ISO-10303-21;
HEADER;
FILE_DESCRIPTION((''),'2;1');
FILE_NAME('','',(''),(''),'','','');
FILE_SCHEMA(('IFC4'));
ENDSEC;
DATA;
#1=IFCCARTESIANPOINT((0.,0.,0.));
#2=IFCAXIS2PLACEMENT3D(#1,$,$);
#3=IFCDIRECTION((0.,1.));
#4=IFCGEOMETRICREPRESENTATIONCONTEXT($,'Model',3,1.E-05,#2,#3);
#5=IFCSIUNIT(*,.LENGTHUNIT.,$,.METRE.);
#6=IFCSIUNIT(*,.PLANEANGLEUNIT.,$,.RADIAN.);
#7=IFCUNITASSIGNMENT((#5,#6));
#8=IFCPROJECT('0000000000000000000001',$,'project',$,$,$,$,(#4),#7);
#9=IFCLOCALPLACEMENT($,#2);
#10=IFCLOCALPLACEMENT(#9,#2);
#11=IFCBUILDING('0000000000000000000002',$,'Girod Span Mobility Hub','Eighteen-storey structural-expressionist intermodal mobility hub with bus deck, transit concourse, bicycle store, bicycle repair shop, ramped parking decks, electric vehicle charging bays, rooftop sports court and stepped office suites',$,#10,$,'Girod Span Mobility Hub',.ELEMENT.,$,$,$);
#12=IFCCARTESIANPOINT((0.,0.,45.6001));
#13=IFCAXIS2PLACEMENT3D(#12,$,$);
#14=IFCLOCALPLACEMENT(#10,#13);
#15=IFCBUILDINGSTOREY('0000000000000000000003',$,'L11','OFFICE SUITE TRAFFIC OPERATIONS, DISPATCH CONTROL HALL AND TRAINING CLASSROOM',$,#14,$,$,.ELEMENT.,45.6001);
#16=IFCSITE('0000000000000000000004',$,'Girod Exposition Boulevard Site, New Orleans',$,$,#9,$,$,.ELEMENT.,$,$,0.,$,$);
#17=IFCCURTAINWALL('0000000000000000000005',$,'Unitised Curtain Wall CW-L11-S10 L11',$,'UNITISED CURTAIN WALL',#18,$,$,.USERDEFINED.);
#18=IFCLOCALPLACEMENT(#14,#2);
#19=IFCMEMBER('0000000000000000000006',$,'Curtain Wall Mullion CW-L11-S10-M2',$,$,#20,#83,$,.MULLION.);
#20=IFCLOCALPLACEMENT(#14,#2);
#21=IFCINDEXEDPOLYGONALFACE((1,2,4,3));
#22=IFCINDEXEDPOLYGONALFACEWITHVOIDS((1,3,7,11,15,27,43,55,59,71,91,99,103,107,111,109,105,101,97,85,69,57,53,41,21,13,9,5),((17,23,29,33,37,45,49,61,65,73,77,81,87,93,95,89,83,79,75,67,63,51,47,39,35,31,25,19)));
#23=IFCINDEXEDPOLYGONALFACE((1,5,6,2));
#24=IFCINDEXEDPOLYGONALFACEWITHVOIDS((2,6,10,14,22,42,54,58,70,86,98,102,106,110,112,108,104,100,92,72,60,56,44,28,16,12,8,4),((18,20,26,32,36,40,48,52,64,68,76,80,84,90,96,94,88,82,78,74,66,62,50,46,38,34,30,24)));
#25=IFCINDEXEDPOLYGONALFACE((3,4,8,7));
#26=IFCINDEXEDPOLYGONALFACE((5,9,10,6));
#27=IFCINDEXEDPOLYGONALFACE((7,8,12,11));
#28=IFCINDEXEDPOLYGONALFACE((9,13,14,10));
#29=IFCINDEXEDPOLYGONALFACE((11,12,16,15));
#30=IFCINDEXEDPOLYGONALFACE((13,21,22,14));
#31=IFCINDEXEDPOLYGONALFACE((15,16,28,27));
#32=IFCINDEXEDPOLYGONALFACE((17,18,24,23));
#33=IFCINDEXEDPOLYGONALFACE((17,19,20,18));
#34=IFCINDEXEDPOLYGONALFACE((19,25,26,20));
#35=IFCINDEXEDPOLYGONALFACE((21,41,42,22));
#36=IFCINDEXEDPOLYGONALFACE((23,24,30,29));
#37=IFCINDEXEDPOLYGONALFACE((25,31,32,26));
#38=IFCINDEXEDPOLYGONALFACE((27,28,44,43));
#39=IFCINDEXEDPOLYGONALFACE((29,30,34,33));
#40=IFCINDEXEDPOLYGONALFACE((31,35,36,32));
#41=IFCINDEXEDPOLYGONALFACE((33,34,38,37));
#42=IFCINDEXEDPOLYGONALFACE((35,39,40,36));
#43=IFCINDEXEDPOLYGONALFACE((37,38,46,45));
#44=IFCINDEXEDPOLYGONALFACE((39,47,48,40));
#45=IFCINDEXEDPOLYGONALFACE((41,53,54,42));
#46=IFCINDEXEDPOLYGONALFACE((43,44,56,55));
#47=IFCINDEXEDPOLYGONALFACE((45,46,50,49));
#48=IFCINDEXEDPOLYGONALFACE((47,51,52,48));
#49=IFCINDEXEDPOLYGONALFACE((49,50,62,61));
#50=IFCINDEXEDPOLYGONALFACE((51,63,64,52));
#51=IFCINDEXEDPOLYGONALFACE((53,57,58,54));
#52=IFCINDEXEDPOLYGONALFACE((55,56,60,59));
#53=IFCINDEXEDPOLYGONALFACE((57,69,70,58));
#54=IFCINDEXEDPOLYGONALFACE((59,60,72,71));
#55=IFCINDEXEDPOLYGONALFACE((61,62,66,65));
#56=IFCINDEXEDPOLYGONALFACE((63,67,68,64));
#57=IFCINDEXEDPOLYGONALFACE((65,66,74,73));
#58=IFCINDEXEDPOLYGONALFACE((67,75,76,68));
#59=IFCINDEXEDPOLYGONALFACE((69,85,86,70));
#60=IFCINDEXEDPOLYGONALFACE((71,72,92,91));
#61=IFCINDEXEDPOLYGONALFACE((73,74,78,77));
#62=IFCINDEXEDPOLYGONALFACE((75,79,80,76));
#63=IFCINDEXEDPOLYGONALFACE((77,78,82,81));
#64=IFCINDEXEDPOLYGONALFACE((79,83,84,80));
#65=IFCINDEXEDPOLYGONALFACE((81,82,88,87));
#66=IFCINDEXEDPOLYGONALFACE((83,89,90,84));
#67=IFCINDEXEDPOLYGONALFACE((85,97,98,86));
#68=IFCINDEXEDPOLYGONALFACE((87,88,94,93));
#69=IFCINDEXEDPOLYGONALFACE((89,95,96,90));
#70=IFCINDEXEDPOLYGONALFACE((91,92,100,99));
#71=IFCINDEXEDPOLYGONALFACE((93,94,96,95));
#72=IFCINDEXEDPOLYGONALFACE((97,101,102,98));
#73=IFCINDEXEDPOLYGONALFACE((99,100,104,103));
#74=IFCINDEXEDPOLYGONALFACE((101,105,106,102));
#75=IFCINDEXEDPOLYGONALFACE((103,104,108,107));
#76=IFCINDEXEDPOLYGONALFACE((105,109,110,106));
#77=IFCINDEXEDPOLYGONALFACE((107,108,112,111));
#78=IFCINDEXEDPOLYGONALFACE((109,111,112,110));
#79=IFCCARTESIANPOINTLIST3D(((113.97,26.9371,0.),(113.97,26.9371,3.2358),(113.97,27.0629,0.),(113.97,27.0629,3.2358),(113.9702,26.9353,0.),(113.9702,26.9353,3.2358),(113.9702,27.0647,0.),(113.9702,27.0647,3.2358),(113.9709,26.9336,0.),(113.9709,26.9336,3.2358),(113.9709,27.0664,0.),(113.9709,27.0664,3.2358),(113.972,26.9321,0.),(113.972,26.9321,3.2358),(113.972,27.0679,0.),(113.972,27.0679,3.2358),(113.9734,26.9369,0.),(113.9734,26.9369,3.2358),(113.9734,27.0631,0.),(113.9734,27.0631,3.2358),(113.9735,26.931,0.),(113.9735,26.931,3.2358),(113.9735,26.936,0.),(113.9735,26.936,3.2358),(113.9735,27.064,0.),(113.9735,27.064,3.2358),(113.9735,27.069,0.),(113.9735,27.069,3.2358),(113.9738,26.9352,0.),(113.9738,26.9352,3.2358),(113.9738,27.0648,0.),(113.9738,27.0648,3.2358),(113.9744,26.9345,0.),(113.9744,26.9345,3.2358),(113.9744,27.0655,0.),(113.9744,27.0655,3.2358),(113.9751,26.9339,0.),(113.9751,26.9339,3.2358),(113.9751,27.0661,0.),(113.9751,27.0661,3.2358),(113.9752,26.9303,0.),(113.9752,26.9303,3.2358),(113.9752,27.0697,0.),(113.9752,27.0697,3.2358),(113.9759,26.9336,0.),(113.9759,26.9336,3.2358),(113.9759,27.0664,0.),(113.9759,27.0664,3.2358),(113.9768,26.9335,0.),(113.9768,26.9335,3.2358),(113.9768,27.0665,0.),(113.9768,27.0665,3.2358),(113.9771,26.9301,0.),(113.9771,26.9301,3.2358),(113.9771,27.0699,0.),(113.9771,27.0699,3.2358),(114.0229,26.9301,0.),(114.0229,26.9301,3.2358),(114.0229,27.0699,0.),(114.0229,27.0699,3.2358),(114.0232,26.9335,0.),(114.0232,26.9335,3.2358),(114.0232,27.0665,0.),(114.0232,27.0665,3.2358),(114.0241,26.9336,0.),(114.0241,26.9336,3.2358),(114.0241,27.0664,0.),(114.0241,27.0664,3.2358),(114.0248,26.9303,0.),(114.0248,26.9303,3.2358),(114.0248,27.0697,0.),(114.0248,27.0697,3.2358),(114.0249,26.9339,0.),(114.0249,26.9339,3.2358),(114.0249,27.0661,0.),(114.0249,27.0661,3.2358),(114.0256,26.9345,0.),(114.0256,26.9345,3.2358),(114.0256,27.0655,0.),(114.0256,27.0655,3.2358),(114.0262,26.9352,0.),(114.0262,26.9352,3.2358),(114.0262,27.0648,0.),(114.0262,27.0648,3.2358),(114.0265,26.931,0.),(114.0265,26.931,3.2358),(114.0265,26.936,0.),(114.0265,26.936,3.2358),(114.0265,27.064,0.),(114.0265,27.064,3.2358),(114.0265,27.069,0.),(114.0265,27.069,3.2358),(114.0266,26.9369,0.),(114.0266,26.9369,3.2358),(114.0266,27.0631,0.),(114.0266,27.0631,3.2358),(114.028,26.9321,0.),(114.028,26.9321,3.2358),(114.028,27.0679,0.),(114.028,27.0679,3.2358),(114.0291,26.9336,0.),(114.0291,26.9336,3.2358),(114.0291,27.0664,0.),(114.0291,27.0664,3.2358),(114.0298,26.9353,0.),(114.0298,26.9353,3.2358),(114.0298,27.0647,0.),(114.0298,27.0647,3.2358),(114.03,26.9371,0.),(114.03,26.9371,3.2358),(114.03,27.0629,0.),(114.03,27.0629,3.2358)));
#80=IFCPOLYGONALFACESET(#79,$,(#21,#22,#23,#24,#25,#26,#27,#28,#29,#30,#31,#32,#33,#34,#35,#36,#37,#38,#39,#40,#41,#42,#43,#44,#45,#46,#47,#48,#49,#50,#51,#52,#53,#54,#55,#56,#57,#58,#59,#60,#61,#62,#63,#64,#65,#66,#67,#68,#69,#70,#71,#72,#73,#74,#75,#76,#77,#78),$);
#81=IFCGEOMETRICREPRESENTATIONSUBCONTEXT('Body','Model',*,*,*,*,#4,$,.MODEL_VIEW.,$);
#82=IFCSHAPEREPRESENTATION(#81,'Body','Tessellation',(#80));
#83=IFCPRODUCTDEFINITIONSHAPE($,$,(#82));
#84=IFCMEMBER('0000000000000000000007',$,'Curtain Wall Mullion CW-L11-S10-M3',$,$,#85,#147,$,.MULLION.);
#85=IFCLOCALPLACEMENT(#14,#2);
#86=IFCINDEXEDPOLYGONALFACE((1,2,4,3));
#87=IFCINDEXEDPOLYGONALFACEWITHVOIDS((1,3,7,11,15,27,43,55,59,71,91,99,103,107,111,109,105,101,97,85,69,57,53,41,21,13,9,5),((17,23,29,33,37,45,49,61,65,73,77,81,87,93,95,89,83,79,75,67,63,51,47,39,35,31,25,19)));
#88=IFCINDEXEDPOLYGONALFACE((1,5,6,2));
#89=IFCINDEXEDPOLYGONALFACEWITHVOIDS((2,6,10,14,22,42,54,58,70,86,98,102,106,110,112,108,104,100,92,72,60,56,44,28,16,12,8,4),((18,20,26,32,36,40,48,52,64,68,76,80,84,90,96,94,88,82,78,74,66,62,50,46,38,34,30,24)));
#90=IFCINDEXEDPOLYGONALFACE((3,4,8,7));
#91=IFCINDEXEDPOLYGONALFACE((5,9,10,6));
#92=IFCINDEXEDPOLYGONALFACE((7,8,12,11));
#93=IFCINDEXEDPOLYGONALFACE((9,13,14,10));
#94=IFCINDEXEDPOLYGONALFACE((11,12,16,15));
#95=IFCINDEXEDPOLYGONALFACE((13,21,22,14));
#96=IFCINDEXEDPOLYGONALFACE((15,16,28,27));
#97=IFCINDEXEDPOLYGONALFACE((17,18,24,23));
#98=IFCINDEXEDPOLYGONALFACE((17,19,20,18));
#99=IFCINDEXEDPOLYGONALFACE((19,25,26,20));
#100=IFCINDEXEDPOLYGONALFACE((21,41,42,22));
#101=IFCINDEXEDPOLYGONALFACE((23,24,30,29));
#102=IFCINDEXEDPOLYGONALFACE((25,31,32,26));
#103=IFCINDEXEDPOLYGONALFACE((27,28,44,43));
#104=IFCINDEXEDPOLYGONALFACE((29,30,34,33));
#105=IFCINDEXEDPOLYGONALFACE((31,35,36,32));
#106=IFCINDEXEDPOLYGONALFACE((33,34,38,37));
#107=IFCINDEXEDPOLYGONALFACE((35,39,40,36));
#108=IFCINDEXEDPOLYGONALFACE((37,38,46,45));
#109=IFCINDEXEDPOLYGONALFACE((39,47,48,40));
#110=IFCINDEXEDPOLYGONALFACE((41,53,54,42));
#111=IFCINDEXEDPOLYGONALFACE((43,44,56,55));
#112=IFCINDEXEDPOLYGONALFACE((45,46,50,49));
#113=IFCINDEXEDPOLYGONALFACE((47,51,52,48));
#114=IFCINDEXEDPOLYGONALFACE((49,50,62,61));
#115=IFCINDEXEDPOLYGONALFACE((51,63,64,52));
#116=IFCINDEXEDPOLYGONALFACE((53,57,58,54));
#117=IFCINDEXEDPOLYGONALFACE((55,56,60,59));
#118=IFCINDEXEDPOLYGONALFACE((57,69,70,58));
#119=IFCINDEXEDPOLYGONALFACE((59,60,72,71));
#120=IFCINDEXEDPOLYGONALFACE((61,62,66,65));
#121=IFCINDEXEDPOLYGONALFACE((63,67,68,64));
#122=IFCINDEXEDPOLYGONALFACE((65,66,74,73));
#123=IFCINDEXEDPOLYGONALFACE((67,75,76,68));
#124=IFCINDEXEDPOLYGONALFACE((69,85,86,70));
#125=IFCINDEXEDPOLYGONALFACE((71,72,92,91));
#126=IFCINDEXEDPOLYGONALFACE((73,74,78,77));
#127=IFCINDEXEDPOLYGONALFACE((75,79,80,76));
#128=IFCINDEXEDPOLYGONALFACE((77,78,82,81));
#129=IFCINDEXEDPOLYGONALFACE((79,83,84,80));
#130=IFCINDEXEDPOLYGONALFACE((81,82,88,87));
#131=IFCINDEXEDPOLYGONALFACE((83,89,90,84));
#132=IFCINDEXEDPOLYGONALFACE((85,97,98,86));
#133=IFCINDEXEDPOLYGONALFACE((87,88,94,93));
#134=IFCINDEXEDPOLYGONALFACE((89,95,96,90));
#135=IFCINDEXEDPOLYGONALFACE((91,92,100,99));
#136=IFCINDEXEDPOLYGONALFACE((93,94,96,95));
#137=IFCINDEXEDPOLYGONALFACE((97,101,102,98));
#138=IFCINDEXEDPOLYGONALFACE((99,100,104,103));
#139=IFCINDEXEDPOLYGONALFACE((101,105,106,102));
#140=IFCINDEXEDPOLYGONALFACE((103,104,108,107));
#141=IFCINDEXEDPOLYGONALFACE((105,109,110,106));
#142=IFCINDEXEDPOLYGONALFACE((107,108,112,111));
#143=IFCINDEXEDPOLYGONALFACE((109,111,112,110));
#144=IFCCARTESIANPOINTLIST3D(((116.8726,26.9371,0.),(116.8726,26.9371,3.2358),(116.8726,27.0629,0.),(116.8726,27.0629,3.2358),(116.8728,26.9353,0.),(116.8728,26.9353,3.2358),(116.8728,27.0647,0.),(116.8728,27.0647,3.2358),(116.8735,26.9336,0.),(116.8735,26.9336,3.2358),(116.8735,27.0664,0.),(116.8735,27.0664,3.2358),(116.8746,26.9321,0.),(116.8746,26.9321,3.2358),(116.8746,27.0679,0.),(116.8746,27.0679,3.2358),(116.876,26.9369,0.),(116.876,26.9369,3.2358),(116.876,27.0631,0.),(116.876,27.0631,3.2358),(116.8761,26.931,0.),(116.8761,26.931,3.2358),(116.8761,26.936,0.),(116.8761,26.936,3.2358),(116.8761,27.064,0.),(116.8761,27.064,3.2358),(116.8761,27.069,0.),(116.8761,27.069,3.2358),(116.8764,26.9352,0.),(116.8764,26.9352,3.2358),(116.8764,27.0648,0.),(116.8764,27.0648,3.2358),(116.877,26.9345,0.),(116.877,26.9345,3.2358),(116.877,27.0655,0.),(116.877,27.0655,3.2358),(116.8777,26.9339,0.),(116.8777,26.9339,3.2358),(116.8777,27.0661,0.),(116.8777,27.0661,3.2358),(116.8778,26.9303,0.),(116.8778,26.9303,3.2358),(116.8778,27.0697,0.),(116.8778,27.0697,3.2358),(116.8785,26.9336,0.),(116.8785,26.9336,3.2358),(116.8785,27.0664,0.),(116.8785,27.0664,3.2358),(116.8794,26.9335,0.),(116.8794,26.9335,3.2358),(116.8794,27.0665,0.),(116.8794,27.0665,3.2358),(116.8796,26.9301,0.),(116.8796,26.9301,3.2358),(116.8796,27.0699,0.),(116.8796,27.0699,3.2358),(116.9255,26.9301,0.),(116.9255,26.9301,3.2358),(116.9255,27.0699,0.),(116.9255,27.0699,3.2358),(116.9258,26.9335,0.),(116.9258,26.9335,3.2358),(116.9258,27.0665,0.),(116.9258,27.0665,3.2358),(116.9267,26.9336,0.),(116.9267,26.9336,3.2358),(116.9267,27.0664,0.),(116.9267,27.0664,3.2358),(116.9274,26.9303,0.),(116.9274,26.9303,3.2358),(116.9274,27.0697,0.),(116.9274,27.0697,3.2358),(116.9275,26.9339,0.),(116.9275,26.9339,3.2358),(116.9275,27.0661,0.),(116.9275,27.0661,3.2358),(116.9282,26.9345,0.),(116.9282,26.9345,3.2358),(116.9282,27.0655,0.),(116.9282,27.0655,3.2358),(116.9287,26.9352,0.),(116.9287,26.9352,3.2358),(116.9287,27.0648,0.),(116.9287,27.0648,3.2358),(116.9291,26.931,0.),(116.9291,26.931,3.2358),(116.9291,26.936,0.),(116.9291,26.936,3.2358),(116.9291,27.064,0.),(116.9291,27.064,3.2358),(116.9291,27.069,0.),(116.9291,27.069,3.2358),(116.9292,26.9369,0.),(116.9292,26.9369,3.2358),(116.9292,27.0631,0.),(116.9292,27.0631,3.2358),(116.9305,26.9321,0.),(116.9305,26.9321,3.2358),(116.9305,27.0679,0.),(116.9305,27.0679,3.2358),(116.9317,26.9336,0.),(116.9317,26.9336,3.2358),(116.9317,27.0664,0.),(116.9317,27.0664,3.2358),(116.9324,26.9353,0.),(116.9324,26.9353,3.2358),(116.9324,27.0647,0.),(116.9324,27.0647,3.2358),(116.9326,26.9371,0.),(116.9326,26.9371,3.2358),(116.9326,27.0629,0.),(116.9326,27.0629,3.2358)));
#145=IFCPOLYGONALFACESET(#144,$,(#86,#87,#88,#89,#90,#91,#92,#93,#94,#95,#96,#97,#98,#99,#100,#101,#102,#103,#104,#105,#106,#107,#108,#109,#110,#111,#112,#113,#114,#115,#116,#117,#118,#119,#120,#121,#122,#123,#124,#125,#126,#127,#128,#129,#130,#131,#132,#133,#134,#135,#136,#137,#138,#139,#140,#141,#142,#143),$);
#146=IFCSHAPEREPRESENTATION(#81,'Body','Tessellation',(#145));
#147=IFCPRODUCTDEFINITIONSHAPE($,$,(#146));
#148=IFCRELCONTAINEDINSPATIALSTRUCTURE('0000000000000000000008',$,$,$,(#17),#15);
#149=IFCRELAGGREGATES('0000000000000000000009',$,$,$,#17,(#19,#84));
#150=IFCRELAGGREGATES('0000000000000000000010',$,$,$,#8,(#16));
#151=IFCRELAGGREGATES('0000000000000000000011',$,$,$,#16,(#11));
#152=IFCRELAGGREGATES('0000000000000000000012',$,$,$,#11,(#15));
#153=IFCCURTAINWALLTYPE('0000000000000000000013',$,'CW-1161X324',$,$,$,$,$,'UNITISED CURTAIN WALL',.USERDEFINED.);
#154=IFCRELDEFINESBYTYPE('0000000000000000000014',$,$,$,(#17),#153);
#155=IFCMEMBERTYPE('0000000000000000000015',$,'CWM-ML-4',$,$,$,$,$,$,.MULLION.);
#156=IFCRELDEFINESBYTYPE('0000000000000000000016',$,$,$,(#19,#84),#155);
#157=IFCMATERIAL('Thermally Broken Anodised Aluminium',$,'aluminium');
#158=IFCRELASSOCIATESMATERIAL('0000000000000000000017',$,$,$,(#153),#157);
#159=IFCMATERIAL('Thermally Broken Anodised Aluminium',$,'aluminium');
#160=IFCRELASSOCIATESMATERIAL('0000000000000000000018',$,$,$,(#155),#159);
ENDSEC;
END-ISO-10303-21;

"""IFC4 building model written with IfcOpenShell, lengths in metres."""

from ifc_helpers import new_model, si_unit, direction, frame, origin, origin_2d, place, context, subcontext, project, spatial, hollow_rectangle, extrude, material, material_profile, profile_set, type_object, element, aggregate, save


model = new_model("IFC4")

# Units and contexts
model_context = context("Model", 3, precision=1e-05, world=origin(), true_north=direction((0.0, 1.0)))
body_context = subcontext(model_context, "Body", "Model", "MODEL_VIEW")
ifc_project = project(units=[si_unit("LENGTHUNIT", "METRE"), si_unit("PLANEANGLEUNIT", "RADIAN")], contexts=[model_context])

# Site, building, storey
site_placement = place(None, origin())
site = spatial("IfcSite", under=ifc_project, at=site_placement, Name="Girod Exposition Boulevard Site, New Orleans", CompositionType="ELEMENT", RefElevation=0.0)
building_placement = place(site_placement, origin())
building = spatial("IfcBuilding", under=site, at=building_placement, Name="Girod Span Mobility Hub", Description="Eighteen-storey structural-expressionist intermodal mobility hub with bus deck, transit concourse, bicycle store, bicycle repair shop, ramped parking decks, electric vehicle charging bays, rooftop sports court and stepped office suites", LongName="Girod Span Mobility Hub", CompositionType="ELEMENT")
storey_placement = place(building_placement, frame((0.0, 0.0, 45.6001)))
storey = spatial("IfcBuildingStorey", under=building, at=storey_placement, Name="L11", Description="OFFICE SUITE TRAFFIC OPERATIONS, DISPATCH CONTROL HALL AND TRAINING CLASSROOM", CompositionType="ELEMENT", Elevation=45.6001)

# Curtain wall, members
ifc_material_1 = material(Name="Thermally Broken Anodised Aluminium", Category="aluminium")
curtain_wall_type = type_object("IfcCurtainWallType", Name="CW-1161X324", ElementType="UNITISED CURTAIN WALL", PredefinedType="USERDEFINED", material=ifc_material_1)
curtain_wall_1_placement = place(storey_placement, origin())
curtain_wall_1 = element("IfcCurtainWall", 1, at=curtain_wall_1_placement, inside=storey, type_object=curtain_wall_type, Name="Unitised Curtain Wall CW-L11-S10 L11", ObjectType="UNITISED CURTAIN WALL", PredefinedType="USERDEFINED")
ifc_material_2 = material(Name="Thermally Broken Anodised Aluminium", Category="aluminium")
ifc_material_profile_1 = material_profile(ifc_material_2, hollow_rectangle(XDim=0.1399, YDim=0.0601, WallThickness=0.0034, InnerFilletRadius=0.0034, OuterFilletRadius=0.0071, at=origin_2d()), Name="CW-ML-60X140")
ifc_profile_set_1 = profile_set([ifc_material_profile_1], Name="Thermally Broken Anodised Aluminium")
member_type_1 = type_object("IfcMemberType", Name="CWM-ML-4", PredefinedType="MULLION", material=ifc_profile_set_1)
member_1_placement = place(storey_placement, frame((114.0, 27.0, 0.0), z_axis=(0.0, 0.0, 1.0), x_axis=(0.0, 1.0, 0.0)))
member_1 = element("IfcMember", 2, at=member_1_placement, type_object=member_type_1, Name="Curtain Wall Mullion CW-L11-S10-M2", PredefinedType="MULLION", context=body_context, shape_type="SweptSolid", body=[
    extrude(hollow_rectangle(XDim=0.1399, YDim=0.0601, WallThickness=0.0034, InnerFilletRadius=0.0034, OuterFilletRadius=0.0071, at=origin_2d()), origin(), (0.0, 0.0, 1.0), 3.2358),
])
member_2_placement = place(storey_placement, frame((116.9026, 27.0, 0.0), z_axis=(0.0, 0.0, 1.0), x_axis=(0.0, 1.0, 0.0)))
member_2 = element("IfcMember", 3, at=member_2_placement, type_object=member_type_1, Name="Curtain Wall Mullion CW-L11-S10-M3", PredefinedType="MULLION", context=body_context, shape_type="SweptSolid", body=[
    extrude(hollow_rectangle(XDim=0.1399, YDim=0.0601, WallThickness=0.0034, InnerFilletRadius=0.0034, OuterFilletRadius=0.0071, at=origin_2d()), origin(), (0.0, 0.0, 1.0), 3.2358),
])

aggregate(curtain_wall_1, [member_1, member_2])

save(model, "model.ifc")
